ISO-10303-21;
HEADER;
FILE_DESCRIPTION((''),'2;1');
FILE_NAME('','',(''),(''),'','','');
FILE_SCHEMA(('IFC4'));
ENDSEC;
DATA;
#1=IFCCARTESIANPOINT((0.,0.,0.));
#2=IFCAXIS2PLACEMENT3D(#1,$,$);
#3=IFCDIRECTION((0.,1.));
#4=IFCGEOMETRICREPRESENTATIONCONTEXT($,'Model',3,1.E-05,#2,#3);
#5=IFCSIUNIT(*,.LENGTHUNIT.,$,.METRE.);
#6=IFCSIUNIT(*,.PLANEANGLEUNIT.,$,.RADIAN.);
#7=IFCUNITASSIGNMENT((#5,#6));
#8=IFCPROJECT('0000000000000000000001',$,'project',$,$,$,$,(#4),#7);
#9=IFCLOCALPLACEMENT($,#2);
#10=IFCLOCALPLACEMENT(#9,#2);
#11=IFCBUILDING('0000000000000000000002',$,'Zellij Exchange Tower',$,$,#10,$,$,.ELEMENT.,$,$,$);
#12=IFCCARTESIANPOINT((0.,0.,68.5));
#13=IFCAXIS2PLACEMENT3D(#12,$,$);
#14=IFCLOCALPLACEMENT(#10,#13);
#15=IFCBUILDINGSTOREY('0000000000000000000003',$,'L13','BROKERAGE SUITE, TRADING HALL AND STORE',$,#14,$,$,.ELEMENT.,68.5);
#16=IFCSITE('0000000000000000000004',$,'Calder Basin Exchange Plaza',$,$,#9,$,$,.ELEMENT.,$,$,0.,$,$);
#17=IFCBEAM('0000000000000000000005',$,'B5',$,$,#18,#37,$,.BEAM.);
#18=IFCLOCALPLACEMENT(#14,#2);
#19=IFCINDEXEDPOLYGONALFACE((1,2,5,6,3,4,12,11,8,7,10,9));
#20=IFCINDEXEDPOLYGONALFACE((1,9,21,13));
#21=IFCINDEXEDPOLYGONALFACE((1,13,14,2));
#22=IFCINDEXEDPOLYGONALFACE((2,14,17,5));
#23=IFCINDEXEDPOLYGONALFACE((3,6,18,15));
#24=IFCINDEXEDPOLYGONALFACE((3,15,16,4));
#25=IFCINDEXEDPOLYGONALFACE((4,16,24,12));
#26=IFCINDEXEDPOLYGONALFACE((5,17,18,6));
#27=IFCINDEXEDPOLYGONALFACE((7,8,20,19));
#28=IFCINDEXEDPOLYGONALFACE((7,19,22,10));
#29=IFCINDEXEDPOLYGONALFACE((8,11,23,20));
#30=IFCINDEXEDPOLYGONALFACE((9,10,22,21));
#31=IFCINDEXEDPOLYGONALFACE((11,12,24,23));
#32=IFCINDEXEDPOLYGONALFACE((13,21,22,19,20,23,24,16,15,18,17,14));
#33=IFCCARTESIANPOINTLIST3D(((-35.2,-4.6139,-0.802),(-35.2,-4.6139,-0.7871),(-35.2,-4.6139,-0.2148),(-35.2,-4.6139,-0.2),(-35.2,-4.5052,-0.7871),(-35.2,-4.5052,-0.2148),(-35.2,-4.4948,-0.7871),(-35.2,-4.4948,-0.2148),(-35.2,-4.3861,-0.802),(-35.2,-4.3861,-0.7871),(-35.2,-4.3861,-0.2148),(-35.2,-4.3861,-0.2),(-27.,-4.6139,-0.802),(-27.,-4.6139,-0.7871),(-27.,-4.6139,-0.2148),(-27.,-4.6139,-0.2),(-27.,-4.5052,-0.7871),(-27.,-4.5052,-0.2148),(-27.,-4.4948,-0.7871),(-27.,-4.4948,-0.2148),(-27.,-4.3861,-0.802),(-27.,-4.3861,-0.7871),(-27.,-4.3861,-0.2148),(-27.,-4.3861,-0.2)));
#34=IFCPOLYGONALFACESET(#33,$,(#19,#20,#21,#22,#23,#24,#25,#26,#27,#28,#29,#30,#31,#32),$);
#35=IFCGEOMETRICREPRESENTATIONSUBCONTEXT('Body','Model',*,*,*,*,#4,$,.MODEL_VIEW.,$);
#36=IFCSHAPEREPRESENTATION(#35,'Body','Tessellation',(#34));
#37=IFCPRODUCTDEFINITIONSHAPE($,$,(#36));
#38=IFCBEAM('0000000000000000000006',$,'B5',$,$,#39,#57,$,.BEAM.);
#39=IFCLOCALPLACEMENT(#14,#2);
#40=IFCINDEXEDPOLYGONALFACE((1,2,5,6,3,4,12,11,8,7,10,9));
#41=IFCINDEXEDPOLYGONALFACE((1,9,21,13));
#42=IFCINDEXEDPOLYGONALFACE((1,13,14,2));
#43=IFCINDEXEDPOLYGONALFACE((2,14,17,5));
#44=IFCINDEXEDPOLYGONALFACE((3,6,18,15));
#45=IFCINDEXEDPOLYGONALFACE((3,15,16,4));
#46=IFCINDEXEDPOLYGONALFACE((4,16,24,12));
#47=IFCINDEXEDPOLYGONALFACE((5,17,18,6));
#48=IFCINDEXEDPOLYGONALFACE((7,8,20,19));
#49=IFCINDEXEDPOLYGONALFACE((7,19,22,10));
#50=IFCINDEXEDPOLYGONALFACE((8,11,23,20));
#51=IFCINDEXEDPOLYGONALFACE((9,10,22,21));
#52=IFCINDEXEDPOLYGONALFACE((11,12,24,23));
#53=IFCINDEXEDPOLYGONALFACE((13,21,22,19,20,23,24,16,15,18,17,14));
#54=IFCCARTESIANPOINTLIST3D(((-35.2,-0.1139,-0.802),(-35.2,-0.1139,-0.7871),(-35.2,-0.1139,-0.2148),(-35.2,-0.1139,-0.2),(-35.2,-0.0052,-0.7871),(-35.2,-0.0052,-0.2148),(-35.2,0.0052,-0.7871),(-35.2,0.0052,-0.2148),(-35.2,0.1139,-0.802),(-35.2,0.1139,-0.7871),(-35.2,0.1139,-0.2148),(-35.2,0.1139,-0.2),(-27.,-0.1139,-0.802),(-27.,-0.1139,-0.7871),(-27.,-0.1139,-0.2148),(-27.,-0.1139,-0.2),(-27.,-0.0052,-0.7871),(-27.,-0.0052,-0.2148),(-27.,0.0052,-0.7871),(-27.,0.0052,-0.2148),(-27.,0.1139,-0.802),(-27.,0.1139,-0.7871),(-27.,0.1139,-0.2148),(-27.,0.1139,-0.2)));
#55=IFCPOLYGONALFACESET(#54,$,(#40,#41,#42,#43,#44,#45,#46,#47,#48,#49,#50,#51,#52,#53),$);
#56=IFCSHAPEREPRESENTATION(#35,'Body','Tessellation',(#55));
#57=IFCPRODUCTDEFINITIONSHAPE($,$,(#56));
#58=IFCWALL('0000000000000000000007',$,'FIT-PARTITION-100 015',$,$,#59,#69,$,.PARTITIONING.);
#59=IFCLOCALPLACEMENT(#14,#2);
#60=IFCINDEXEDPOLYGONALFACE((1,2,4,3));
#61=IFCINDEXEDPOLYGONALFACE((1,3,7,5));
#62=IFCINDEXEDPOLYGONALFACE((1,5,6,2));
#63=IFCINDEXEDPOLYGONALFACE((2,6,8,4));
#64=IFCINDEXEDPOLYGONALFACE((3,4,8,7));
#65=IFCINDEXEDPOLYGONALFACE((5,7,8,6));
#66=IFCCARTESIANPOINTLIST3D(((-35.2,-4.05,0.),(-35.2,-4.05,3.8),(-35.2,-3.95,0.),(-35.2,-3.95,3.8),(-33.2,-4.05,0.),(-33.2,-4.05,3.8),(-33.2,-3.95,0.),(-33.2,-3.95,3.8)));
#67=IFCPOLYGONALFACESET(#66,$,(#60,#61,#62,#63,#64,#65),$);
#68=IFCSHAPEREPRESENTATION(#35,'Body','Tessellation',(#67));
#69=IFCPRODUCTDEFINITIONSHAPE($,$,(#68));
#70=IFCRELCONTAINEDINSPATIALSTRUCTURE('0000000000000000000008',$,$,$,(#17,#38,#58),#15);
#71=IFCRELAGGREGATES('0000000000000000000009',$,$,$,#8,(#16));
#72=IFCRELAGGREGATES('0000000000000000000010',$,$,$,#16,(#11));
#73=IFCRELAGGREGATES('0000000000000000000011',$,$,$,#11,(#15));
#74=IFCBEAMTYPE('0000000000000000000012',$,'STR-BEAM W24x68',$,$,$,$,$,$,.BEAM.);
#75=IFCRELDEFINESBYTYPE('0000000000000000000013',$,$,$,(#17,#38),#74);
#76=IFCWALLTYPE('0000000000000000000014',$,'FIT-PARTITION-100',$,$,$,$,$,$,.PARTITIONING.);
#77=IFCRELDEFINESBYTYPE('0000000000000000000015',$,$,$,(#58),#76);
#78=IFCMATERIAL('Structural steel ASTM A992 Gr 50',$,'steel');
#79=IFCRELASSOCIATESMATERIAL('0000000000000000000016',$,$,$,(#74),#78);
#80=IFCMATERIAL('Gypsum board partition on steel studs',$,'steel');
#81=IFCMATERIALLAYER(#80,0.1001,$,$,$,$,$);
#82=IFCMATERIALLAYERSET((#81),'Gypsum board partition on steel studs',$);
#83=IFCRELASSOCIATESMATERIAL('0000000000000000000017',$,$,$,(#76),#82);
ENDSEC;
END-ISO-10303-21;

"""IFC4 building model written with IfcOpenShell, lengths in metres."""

from ifc_helpers import new_model, si_unit, direction, frame, frame_2d, origin, origin_2d, place, context, subcontext, project, spatial, rectangle, i_section, extrude, material, layer, layer_set, material_profile, profile_set, type_object, element, save


model = new_model("IFC4")

# Units and contexts
model_context = context("Model", 3, precision=1e-05, world=origin(), true_north=direction((0.0, 1.0)))
body_context = subcontext(model_context, "Body", "Model", "MODEL_VIEW")
ifc_project = project(units=[si_unit("LENGTHUNIT", "METRE"), si_unit("PLANEANGLEUNIT", "RADIAN")], contexts=[model_context])

# Site, building, storey
site_placement = place(None, origin())
site = spatial("IfcSite", under=ifc_project, at=site_placement, Name="Calder Basin Exchange Plaza", CompositionType="ELEMENT", RefElevation=0.0)
building_placement = place(site_placement, origin())
building = spatial("IfcBuilding", under=site, at=building_placement, Name="Zellij Exchange Tower", CompositionType="ELEMENT")
storey_placement = place(building_placement, frame((0.0, 0.0, 68.5)))
storey = spatial("IfcBuildingStorey", under=building, at=storey_placement, Name="L13", Description="BROKERAGE SUITE, TRADING HALL AND STORE", CompositionType="ELEMENT", Elevation=68.5)

# Beams
ifc_material_1 = material(Name="Structural steel ASTM A992 Gr 50", Category="steel")
ifc_material_profile = material_profile(ifc_material_1, i_section(OverallWidth=0.2278, OverallDepth=0.6021, WebThickness=0.0105, FlangeThickness=0.0149, at=origin_2d()), Name="W24x68")
ifc_profile_set = profile_set([ifc_material_profile], Name="Structural steel ASTM A992 Gr 50")
beam_type = type_object("IfcBeamType", Name="STR-BEAM W24x68", PredefinedType="BEAM", material=ifc_profile_set)
for number, where, z_axis, x_axis, name in (
    (1, (-35.2, -4.5, -0.501), (1.0, 0.0, 0.0), (0.0, 1.0, 0.0), "B5"),
    (2, (-35.2, 0.0, -0.501), (1.0, 0.0, 0.0), (0.0, 1.0, 0.0), "B5"),
):
    element("IfcBeam", number, at=place(storey_placement, frame(where, z_axis=z_axis, x_axis=x_axis)), inside=storey, type_object=beam_type, Name=name, PredefinedType="BEAM", context=body_context, shape_type="SweptSolid", body=[
        extrude(i_section(OverallWidth=0.2278, OverallDepth=0.6021, WebThickness=0.0105, FlangeThickness=0.0149, at=origin_2d()), origin(), (0.0, 0.0, 1.0), 8.2),
    ])

# Wall
ifc_material_2 = material(Name="Gypsum board partition on steel studs", Category="steel")
ifc_layer_1 = layer(ifc_material_2, 0.1001)
ifc_layer_set_1 = layer_set([ifc_layer_1], Name="Gypsum board partition on steel studs")
wall_type = type_object("IfcWallType", Name="FIT-PARTITION-100", PredefinedType="PARTITIONING", material=ifc_layer_set_1)
wall_placement = place(storey_placement, frame((-35.2, -4.0, 0.0), z_axis=(0.0, 0.0, 1.0), x_axis=(1.0, 0.0, 0.0)))
element("IfcWall", 3, at=wall_placement, inside=storey, type_object=wall_type, Name="FIT-PARTITION-100 015", PredefinedType="PARTITIONING", context=body_context, shape_type="SweptSolid", body=[
    extrude(rectangle(XDim=2.0, YDim=0.1001, at=frame_2d((1.0, 0.0))), origin(), (0.0, 0.0, 1.0), 3.8),
])

save(model, "model.ifc")
